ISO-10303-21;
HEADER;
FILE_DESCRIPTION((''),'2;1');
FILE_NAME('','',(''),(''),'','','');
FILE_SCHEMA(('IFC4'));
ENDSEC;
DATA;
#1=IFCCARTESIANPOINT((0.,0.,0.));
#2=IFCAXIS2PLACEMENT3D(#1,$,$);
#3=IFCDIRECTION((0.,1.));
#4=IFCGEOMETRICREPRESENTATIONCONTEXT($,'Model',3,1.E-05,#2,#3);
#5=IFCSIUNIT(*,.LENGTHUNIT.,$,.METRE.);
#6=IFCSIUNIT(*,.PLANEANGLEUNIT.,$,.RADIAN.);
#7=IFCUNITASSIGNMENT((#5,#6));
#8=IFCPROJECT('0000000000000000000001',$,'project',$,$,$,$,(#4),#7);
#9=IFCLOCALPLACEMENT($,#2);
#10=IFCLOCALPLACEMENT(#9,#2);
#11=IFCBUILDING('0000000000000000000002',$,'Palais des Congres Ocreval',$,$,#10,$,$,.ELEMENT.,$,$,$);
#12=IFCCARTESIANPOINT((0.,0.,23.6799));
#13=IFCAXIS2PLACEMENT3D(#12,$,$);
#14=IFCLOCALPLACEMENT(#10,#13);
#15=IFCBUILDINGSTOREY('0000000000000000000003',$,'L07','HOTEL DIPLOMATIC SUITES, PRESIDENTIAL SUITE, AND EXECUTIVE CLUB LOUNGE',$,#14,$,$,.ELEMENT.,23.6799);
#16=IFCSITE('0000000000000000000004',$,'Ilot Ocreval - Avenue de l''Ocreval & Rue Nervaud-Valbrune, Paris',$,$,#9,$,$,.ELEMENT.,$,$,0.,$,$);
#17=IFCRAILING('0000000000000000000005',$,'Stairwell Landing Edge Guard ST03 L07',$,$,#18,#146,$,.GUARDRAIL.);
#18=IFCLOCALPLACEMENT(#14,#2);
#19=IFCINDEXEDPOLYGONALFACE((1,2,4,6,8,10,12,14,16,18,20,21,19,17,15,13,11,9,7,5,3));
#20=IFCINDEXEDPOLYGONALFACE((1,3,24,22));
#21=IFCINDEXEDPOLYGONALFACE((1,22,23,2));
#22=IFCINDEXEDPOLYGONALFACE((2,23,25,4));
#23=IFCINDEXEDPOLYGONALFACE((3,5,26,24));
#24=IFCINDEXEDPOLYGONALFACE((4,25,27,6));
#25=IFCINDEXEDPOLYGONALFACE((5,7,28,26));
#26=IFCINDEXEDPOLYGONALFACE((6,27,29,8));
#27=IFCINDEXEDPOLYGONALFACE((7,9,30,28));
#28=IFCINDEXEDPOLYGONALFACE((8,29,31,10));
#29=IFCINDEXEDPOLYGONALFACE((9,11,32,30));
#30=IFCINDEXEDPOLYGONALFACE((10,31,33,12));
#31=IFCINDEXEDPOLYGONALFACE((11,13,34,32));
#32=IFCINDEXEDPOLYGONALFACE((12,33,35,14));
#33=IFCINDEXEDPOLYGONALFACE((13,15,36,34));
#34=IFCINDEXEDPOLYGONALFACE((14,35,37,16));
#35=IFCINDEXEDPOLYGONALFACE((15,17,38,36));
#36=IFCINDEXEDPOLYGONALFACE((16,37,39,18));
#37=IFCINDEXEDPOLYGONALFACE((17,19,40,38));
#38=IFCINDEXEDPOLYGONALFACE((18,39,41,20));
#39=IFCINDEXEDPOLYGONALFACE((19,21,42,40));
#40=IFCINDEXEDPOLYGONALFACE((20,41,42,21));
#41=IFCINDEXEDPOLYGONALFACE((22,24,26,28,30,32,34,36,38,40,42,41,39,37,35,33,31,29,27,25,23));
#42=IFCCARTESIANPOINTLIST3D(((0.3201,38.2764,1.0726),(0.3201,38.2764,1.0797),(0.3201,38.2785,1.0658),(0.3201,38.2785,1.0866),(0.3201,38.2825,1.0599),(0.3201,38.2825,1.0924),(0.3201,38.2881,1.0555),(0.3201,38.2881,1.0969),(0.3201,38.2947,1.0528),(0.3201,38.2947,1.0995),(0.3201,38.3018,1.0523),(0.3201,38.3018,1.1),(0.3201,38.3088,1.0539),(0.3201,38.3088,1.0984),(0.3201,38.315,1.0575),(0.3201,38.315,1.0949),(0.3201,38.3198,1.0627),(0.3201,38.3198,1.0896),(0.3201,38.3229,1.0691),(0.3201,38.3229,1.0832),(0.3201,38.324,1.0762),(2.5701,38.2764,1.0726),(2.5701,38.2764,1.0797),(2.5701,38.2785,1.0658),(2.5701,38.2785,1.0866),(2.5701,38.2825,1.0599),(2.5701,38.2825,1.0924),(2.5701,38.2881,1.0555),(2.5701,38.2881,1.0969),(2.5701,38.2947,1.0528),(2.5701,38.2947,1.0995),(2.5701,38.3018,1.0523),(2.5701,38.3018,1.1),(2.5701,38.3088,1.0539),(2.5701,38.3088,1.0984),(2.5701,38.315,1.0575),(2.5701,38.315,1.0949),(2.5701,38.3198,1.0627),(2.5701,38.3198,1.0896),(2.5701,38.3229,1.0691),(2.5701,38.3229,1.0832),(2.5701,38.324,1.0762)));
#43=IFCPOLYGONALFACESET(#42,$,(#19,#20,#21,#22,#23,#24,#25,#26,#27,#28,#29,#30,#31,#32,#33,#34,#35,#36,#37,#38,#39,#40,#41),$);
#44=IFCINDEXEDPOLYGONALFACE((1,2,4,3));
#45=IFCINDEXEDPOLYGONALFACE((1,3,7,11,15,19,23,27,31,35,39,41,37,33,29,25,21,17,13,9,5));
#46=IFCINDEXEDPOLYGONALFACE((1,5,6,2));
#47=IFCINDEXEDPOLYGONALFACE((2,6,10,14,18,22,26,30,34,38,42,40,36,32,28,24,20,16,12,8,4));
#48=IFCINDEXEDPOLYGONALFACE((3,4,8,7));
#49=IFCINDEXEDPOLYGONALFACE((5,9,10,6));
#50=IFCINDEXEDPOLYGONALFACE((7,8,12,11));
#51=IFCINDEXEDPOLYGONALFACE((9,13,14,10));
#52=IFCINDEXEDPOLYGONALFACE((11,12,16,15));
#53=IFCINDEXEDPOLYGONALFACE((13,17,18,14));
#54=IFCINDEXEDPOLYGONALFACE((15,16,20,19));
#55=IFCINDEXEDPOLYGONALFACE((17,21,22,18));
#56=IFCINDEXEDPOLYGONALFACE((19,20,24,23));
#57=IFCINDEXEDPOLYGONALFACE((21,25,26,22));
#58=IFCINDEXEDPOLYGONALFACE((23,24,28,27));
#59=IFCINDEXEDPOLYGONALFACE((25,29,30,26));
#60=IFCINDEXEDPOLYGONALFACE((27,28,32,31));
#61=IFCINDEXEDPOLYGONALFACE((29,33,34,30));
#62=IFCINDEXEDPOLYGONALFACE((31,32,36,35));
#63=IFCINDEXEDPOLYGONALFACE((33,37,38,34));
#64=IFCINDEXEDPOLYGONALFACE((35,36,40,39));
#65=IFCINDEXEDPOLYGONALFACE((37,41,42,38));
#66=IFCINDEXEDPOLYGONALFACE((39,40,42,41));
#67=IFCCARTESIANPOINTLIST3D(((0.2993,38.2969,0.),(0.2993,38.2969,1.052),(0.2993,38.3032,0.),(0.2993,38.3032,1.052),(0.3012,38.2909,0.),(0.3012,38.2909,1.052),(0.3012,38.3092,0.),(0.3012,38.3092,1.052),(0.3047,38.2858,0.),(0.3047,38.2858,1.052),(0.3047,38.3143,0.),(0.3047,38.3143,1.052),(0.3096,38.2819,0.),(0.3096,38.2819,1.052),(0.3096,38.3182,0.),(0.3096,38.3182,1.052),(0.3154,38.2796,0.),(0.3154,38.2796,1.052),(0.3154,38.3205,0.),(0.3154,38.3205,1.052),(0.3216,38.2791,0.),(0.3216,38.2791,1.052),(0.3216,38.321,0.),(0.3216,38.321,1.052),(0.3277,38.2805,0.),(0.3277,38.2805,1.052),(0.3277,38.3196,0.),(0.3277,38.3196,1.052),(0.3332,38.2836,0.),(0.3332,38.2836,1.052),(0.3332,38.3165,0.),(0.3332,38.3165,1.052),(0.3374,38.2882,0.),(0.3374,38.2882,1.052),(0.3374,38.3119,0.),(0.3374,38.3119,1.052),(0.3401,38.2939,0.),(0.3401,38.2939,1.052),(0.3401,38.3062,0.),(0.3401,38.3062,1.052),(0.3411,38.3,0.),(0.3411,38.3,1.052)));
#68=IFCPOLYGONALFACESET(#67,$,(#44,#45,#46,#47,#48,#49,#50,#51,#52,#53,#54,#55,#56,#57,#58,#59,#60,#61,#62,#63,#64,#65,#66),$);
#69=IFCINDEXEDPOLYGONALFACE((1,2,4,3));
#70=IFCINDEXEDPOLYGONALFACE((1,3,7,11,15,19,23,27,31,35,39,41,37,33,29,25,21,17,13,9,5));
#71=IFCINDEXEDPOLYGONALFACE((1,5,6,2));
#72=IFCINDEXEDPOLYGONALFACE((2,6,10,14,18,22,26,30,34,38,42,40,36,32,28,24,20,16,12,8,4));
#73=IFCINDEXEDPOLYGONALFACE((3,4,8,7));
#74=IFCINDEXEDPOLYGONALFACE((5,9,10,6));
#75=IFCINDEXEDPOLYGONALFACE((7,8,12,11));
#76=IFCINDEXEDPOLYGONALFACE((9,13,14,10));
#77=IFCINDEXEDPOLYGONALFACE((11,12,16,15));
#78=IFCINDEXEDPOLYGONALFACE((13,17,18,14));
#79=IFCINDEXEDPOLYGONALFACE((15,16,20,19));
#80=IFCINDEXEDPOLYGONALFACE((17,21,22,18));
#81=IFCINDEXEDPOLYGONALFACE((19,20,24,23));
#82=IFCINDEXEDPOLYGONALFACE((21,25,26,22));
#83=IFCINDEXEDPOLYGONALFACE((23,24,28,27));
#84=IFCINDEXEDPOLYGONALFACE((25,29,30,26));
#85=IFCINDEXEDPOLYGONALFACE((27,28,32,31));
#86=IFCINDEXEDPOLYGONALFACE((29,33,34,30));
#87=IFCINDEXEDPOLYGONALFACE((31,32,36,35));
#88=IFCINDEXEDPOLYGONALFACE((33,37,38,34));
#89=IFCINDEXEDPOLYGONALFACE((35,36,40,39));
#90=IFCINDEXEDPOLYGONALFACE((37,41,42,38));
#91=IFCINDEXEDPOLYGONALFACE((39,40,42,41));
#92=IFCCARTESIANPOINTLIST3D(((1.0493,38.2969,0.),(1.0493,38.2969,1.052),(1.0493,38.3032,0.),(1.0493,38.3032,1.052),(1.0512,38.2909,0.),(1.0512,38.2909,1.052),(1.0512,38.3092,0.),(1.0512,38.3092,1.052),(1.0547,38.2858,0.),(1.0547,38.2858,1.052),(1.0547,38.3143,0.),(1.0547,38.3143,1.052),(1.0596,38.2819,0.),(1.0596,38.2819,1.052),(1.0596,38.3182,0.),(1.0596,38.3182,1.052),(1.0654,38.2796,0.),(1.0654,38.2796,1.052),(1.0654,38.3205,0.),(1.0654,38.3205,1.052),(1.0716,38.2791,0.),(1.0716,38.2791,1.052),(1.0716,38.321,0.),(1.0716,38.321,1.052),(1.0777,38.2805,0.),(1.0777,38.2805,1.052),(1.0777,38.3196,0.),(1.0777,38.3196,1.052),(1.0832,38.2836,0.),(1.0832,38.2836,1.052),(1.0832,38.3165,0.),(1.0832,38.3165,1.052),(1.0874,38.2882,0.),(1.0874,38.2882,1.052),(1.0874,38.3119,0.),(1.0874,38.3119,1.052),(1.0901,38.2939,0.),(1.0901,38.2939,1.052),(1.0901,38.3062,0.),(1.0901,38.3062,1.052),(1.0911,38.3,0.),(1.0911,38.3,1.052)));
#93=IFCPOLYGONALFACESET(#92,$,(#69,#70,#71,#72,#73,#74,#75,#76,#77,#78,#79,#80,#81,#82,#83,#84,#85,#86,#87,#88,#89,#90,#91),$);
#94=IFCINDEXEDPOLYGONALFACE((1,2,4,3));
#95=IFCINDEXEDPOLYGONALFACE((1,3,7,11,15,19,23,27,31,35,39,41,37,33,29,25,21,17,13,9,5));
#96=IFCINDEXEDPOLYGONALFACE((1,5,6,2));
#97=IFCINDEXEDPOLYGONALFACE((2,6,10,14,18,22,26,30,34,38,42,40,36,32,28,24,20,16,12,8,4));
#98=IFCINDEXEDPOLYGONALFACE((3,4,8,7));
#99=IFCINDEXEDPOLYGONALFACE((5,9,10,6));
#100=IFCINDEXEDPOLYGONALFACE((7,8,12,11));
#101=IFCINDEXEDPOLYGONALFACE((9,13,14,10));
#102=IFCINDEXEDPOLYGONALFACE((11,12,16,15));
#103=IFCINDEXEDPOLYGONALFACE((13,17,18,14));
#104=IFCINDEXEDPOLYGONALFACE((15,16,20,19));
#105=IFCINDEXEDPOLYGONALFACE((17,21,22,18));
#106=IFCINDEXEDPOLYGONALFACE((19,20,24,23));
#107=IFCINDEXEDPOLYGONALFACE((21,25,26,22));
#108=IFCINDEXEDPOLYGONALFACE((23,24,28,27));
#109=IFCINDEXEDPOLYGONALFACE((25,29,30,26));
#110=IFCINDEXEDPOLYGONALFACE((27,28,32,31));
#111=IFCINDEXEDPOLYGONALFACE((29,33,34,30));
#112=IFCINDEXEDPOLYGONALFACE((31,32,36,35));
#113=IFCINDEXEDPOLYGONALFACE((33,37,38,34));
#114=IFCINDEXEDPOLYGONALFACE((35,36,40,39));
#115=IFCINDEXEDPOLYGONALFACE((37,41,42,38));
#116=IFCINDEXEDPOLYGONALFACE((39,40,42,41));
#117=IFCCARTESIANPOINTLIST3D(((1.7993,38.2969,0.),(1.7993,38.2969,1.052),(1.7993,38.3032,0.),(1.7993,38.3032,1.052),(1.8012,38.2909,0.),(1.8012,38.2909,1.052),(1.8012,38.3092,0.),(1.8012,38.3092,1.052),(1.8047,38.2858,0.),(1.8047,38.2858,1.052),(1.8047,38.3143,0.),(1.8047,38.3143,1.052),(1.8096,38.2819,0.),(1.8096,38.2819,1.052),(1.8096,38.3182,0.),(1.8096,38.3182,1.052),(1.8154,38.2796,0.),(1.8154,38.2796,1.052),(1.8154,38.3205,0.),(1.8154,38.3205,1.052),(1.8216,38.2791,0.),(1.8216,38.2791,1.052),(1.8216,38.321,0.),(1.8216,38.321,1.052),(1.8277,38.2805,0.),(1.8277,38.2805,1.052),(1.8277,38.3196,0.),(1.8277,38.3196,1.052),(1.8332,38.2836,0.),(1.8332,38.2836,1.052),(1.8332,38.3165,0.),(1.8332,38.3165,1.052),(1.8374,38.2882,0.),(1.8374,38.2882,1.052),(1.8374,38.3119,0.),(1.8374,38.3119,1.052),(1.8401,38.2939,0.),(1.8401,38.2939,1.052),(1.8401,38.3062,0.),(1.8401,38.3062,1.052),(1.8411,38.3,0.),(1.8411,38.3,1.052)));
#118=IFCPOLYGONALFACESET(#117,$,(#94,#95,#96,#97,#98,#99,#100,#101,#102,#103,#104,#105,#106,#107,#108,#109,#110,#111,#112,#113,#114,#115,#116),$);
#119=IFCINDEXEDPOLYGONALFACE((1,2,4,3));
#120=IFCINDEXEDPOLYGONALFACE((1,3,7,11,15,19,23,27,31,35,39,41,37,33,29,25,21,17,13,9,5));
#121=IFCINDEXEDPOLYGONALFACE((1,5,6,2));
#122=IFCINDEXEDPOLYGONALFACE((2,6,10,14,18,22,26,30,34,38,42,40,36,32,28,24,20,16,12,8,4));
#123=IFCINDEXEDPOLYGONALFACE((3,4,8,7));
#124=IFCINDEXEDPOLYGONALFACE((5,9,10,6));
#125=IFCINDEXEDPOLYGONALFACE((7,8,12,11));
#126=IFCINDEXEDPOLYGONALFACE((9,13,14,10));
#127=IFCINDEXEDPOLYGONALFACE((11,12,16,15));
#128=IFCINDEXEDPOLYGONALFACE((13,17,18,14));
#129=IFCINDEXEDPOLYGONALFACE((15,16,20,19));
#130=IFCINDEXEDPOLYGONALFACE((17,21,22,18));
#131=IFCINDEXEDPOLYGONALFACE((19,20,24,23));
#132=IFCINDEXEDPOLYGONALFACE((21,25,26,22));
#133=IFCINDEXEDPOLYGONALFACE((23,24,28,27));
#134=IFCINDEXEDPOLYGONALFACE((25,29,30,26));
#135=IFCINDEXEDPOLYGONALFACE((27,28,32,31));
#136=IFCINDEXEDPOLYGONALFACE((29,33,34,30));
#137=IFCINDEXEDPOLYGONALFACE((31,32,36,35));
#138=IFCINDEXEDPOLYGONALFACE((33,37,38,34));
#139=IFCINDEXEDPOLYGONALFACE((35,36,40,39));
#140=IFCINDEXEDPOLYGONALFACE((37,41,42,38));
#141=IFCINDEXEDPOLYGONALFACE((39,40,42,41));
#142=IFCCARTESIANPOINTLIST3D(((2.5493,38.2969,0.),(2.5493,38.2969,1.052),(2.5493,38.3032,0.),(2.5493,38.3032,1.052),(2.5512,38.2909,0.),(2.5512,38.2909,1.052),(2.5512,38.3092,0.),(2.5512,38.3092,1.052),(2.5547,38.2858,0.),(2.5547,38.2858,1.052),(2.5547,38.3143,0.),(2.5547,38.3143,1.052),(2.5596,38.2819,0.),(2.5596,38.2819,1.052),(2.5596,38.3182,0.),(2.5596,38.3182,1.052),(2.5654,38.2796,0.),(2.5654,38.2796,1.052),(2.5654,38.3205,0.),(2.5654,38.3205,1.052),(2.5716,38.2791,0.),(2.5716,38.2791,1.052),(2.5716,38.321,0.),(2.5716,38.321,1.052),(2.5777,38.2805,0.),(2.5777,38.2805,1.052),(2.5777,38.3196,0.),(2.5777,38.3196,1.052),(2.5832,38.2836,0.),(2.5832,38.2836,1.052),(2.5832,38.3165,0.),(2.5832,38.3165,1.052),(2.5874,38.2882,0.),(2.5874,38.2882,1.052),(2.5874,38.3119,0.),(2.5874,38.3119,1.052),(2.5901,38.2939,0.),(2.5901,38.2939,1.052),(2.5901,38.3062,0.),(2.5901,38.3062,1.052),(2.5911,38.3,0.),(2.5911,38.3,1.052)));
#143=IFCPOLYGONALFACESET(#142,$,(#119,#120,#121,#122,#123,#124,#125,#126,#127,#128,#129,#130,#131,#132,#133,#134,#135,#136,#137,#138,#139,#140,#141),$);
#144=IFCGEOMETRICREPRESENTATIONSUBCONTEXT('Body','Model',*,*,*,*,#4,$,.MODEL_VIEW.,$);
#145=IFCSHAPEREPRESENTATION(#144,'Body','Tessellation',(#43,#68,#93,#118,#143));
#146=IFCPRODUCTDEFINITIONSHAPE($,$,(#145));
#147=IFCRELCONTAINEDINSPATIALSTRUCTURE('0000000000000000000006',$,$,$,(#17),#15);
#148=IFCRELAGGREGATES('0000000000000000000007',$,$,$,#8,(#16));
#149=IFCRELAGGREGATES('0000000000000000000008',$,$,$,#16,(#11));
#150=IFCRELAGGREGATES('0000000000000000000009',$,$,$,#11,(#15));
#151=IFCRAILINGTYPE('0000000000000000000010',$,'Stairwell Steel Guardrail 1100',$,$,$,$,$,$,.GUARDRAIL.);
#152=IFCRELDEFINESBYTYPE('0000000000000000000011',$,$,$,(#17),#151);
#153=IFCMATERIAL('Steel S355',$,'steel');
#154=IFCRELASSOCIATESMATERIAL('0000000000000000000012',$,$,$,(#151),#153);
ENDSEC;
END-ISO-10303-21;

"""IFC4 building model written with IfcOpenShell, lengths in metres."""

from ifc_helpers import new_model, si_unit, direction, frame, origin, origin_2d, place, context, subcontext, project, spatial, circle, extrude, material, type_object, element, save


model = new_model("IFC4")

# Units and contexts
model_context = context("Model", 3, precision=1e-05, world=origin(), true_north=direction((0.0, 1.0)))
body_context = subcontext(model_context, "Body", "Model", "MODEL_VIEW")
ifc_project = project(units=[si_unit("LENGTHUNIT", "METRE"), si_unit("PLANEANGLEUNIT", "RADIAN")], contexts=[model_context])

# Site, building, storey
site_placement = place(None, origin())
site = spatial("IfcSite", under=ifc_project, at=site_placement, Name="Ilot Ocreval - Avenue de l'Ocreval & Rue Nervaud-Valbrune, Paris", CompositionType="ELEMENT", RefElevation=0.0)
building_placement = place(site_placement, origin())
building = spatial("IfcBuilding", under=site, at=building_placement, Name="Palais des Congres Ocreval", CompositionType="ELEMENT")
storey_placement = place(building_placement, frame((0.0, 0.0, 23.6799)))
storey = spatial("IfcBuildingStorey", under=building, at=storey_placement, Name="L07", Description="HOTEL DIPLOMATIC SUITES, PRESIDENTIAL SUITE, AND EXECUTIVE CLUB LOUNGE", CompositionType="ELEMENT", Elevation=23.6799)

# Shared definitions
ifc_material_1 = material(Name="Steel S355", Category="steel")

# Railing
railing_type_1 = type_object("IfcRailingType", Name="Stairwell Steel Guardrail 1100", PredefinedType="GUARDRAIL", material=ifc_material_1)
railing_1_placement = place(storey_placement, frame((0.3201, 38.3, 0.0)))
element("IfcRailing", 1, at=railing_1_placement, inside=storey, type_object=railing_type_1, Name="Stairwell Landing Edge Guard ST03 L07", PredefinedType="GUARDRAIL", context=body_context, shape_type="SweptSolid", body=[
    extrude(circle(Radius=0.0239, at=origin_2d()), frame((0.0, 0.0, 1.0762), z_axis=(1.0, 0.0, 0.0), x_axis=(0.0, 1.0, 0.0)), (0.0, 0.0, 1.0), 2.25),
    extrude(circle(Radius=0.021, at=origin_2d()), origin(), (0.0, 0.0, 1.0), 1.052),
    extrude(circle(Radius=0.021, at=origin_2d()), frame((0.75, 0.0, 0.0)), (0.0, 0.0, 1.0), 1.052),
    extrude(circle(Radius=0.021, at=origin_2d()), frame((1.5, 0.0, 0.0)), (0.0, 0.0, 1.0), 1.052),
    extrude(circle(Radius=0.021, at=origin_2d()), frame((2.25, 0.0, 0.0)), (0.0, 0.0, 1.0), 1.052),
])

save(model, "model.ifc")
